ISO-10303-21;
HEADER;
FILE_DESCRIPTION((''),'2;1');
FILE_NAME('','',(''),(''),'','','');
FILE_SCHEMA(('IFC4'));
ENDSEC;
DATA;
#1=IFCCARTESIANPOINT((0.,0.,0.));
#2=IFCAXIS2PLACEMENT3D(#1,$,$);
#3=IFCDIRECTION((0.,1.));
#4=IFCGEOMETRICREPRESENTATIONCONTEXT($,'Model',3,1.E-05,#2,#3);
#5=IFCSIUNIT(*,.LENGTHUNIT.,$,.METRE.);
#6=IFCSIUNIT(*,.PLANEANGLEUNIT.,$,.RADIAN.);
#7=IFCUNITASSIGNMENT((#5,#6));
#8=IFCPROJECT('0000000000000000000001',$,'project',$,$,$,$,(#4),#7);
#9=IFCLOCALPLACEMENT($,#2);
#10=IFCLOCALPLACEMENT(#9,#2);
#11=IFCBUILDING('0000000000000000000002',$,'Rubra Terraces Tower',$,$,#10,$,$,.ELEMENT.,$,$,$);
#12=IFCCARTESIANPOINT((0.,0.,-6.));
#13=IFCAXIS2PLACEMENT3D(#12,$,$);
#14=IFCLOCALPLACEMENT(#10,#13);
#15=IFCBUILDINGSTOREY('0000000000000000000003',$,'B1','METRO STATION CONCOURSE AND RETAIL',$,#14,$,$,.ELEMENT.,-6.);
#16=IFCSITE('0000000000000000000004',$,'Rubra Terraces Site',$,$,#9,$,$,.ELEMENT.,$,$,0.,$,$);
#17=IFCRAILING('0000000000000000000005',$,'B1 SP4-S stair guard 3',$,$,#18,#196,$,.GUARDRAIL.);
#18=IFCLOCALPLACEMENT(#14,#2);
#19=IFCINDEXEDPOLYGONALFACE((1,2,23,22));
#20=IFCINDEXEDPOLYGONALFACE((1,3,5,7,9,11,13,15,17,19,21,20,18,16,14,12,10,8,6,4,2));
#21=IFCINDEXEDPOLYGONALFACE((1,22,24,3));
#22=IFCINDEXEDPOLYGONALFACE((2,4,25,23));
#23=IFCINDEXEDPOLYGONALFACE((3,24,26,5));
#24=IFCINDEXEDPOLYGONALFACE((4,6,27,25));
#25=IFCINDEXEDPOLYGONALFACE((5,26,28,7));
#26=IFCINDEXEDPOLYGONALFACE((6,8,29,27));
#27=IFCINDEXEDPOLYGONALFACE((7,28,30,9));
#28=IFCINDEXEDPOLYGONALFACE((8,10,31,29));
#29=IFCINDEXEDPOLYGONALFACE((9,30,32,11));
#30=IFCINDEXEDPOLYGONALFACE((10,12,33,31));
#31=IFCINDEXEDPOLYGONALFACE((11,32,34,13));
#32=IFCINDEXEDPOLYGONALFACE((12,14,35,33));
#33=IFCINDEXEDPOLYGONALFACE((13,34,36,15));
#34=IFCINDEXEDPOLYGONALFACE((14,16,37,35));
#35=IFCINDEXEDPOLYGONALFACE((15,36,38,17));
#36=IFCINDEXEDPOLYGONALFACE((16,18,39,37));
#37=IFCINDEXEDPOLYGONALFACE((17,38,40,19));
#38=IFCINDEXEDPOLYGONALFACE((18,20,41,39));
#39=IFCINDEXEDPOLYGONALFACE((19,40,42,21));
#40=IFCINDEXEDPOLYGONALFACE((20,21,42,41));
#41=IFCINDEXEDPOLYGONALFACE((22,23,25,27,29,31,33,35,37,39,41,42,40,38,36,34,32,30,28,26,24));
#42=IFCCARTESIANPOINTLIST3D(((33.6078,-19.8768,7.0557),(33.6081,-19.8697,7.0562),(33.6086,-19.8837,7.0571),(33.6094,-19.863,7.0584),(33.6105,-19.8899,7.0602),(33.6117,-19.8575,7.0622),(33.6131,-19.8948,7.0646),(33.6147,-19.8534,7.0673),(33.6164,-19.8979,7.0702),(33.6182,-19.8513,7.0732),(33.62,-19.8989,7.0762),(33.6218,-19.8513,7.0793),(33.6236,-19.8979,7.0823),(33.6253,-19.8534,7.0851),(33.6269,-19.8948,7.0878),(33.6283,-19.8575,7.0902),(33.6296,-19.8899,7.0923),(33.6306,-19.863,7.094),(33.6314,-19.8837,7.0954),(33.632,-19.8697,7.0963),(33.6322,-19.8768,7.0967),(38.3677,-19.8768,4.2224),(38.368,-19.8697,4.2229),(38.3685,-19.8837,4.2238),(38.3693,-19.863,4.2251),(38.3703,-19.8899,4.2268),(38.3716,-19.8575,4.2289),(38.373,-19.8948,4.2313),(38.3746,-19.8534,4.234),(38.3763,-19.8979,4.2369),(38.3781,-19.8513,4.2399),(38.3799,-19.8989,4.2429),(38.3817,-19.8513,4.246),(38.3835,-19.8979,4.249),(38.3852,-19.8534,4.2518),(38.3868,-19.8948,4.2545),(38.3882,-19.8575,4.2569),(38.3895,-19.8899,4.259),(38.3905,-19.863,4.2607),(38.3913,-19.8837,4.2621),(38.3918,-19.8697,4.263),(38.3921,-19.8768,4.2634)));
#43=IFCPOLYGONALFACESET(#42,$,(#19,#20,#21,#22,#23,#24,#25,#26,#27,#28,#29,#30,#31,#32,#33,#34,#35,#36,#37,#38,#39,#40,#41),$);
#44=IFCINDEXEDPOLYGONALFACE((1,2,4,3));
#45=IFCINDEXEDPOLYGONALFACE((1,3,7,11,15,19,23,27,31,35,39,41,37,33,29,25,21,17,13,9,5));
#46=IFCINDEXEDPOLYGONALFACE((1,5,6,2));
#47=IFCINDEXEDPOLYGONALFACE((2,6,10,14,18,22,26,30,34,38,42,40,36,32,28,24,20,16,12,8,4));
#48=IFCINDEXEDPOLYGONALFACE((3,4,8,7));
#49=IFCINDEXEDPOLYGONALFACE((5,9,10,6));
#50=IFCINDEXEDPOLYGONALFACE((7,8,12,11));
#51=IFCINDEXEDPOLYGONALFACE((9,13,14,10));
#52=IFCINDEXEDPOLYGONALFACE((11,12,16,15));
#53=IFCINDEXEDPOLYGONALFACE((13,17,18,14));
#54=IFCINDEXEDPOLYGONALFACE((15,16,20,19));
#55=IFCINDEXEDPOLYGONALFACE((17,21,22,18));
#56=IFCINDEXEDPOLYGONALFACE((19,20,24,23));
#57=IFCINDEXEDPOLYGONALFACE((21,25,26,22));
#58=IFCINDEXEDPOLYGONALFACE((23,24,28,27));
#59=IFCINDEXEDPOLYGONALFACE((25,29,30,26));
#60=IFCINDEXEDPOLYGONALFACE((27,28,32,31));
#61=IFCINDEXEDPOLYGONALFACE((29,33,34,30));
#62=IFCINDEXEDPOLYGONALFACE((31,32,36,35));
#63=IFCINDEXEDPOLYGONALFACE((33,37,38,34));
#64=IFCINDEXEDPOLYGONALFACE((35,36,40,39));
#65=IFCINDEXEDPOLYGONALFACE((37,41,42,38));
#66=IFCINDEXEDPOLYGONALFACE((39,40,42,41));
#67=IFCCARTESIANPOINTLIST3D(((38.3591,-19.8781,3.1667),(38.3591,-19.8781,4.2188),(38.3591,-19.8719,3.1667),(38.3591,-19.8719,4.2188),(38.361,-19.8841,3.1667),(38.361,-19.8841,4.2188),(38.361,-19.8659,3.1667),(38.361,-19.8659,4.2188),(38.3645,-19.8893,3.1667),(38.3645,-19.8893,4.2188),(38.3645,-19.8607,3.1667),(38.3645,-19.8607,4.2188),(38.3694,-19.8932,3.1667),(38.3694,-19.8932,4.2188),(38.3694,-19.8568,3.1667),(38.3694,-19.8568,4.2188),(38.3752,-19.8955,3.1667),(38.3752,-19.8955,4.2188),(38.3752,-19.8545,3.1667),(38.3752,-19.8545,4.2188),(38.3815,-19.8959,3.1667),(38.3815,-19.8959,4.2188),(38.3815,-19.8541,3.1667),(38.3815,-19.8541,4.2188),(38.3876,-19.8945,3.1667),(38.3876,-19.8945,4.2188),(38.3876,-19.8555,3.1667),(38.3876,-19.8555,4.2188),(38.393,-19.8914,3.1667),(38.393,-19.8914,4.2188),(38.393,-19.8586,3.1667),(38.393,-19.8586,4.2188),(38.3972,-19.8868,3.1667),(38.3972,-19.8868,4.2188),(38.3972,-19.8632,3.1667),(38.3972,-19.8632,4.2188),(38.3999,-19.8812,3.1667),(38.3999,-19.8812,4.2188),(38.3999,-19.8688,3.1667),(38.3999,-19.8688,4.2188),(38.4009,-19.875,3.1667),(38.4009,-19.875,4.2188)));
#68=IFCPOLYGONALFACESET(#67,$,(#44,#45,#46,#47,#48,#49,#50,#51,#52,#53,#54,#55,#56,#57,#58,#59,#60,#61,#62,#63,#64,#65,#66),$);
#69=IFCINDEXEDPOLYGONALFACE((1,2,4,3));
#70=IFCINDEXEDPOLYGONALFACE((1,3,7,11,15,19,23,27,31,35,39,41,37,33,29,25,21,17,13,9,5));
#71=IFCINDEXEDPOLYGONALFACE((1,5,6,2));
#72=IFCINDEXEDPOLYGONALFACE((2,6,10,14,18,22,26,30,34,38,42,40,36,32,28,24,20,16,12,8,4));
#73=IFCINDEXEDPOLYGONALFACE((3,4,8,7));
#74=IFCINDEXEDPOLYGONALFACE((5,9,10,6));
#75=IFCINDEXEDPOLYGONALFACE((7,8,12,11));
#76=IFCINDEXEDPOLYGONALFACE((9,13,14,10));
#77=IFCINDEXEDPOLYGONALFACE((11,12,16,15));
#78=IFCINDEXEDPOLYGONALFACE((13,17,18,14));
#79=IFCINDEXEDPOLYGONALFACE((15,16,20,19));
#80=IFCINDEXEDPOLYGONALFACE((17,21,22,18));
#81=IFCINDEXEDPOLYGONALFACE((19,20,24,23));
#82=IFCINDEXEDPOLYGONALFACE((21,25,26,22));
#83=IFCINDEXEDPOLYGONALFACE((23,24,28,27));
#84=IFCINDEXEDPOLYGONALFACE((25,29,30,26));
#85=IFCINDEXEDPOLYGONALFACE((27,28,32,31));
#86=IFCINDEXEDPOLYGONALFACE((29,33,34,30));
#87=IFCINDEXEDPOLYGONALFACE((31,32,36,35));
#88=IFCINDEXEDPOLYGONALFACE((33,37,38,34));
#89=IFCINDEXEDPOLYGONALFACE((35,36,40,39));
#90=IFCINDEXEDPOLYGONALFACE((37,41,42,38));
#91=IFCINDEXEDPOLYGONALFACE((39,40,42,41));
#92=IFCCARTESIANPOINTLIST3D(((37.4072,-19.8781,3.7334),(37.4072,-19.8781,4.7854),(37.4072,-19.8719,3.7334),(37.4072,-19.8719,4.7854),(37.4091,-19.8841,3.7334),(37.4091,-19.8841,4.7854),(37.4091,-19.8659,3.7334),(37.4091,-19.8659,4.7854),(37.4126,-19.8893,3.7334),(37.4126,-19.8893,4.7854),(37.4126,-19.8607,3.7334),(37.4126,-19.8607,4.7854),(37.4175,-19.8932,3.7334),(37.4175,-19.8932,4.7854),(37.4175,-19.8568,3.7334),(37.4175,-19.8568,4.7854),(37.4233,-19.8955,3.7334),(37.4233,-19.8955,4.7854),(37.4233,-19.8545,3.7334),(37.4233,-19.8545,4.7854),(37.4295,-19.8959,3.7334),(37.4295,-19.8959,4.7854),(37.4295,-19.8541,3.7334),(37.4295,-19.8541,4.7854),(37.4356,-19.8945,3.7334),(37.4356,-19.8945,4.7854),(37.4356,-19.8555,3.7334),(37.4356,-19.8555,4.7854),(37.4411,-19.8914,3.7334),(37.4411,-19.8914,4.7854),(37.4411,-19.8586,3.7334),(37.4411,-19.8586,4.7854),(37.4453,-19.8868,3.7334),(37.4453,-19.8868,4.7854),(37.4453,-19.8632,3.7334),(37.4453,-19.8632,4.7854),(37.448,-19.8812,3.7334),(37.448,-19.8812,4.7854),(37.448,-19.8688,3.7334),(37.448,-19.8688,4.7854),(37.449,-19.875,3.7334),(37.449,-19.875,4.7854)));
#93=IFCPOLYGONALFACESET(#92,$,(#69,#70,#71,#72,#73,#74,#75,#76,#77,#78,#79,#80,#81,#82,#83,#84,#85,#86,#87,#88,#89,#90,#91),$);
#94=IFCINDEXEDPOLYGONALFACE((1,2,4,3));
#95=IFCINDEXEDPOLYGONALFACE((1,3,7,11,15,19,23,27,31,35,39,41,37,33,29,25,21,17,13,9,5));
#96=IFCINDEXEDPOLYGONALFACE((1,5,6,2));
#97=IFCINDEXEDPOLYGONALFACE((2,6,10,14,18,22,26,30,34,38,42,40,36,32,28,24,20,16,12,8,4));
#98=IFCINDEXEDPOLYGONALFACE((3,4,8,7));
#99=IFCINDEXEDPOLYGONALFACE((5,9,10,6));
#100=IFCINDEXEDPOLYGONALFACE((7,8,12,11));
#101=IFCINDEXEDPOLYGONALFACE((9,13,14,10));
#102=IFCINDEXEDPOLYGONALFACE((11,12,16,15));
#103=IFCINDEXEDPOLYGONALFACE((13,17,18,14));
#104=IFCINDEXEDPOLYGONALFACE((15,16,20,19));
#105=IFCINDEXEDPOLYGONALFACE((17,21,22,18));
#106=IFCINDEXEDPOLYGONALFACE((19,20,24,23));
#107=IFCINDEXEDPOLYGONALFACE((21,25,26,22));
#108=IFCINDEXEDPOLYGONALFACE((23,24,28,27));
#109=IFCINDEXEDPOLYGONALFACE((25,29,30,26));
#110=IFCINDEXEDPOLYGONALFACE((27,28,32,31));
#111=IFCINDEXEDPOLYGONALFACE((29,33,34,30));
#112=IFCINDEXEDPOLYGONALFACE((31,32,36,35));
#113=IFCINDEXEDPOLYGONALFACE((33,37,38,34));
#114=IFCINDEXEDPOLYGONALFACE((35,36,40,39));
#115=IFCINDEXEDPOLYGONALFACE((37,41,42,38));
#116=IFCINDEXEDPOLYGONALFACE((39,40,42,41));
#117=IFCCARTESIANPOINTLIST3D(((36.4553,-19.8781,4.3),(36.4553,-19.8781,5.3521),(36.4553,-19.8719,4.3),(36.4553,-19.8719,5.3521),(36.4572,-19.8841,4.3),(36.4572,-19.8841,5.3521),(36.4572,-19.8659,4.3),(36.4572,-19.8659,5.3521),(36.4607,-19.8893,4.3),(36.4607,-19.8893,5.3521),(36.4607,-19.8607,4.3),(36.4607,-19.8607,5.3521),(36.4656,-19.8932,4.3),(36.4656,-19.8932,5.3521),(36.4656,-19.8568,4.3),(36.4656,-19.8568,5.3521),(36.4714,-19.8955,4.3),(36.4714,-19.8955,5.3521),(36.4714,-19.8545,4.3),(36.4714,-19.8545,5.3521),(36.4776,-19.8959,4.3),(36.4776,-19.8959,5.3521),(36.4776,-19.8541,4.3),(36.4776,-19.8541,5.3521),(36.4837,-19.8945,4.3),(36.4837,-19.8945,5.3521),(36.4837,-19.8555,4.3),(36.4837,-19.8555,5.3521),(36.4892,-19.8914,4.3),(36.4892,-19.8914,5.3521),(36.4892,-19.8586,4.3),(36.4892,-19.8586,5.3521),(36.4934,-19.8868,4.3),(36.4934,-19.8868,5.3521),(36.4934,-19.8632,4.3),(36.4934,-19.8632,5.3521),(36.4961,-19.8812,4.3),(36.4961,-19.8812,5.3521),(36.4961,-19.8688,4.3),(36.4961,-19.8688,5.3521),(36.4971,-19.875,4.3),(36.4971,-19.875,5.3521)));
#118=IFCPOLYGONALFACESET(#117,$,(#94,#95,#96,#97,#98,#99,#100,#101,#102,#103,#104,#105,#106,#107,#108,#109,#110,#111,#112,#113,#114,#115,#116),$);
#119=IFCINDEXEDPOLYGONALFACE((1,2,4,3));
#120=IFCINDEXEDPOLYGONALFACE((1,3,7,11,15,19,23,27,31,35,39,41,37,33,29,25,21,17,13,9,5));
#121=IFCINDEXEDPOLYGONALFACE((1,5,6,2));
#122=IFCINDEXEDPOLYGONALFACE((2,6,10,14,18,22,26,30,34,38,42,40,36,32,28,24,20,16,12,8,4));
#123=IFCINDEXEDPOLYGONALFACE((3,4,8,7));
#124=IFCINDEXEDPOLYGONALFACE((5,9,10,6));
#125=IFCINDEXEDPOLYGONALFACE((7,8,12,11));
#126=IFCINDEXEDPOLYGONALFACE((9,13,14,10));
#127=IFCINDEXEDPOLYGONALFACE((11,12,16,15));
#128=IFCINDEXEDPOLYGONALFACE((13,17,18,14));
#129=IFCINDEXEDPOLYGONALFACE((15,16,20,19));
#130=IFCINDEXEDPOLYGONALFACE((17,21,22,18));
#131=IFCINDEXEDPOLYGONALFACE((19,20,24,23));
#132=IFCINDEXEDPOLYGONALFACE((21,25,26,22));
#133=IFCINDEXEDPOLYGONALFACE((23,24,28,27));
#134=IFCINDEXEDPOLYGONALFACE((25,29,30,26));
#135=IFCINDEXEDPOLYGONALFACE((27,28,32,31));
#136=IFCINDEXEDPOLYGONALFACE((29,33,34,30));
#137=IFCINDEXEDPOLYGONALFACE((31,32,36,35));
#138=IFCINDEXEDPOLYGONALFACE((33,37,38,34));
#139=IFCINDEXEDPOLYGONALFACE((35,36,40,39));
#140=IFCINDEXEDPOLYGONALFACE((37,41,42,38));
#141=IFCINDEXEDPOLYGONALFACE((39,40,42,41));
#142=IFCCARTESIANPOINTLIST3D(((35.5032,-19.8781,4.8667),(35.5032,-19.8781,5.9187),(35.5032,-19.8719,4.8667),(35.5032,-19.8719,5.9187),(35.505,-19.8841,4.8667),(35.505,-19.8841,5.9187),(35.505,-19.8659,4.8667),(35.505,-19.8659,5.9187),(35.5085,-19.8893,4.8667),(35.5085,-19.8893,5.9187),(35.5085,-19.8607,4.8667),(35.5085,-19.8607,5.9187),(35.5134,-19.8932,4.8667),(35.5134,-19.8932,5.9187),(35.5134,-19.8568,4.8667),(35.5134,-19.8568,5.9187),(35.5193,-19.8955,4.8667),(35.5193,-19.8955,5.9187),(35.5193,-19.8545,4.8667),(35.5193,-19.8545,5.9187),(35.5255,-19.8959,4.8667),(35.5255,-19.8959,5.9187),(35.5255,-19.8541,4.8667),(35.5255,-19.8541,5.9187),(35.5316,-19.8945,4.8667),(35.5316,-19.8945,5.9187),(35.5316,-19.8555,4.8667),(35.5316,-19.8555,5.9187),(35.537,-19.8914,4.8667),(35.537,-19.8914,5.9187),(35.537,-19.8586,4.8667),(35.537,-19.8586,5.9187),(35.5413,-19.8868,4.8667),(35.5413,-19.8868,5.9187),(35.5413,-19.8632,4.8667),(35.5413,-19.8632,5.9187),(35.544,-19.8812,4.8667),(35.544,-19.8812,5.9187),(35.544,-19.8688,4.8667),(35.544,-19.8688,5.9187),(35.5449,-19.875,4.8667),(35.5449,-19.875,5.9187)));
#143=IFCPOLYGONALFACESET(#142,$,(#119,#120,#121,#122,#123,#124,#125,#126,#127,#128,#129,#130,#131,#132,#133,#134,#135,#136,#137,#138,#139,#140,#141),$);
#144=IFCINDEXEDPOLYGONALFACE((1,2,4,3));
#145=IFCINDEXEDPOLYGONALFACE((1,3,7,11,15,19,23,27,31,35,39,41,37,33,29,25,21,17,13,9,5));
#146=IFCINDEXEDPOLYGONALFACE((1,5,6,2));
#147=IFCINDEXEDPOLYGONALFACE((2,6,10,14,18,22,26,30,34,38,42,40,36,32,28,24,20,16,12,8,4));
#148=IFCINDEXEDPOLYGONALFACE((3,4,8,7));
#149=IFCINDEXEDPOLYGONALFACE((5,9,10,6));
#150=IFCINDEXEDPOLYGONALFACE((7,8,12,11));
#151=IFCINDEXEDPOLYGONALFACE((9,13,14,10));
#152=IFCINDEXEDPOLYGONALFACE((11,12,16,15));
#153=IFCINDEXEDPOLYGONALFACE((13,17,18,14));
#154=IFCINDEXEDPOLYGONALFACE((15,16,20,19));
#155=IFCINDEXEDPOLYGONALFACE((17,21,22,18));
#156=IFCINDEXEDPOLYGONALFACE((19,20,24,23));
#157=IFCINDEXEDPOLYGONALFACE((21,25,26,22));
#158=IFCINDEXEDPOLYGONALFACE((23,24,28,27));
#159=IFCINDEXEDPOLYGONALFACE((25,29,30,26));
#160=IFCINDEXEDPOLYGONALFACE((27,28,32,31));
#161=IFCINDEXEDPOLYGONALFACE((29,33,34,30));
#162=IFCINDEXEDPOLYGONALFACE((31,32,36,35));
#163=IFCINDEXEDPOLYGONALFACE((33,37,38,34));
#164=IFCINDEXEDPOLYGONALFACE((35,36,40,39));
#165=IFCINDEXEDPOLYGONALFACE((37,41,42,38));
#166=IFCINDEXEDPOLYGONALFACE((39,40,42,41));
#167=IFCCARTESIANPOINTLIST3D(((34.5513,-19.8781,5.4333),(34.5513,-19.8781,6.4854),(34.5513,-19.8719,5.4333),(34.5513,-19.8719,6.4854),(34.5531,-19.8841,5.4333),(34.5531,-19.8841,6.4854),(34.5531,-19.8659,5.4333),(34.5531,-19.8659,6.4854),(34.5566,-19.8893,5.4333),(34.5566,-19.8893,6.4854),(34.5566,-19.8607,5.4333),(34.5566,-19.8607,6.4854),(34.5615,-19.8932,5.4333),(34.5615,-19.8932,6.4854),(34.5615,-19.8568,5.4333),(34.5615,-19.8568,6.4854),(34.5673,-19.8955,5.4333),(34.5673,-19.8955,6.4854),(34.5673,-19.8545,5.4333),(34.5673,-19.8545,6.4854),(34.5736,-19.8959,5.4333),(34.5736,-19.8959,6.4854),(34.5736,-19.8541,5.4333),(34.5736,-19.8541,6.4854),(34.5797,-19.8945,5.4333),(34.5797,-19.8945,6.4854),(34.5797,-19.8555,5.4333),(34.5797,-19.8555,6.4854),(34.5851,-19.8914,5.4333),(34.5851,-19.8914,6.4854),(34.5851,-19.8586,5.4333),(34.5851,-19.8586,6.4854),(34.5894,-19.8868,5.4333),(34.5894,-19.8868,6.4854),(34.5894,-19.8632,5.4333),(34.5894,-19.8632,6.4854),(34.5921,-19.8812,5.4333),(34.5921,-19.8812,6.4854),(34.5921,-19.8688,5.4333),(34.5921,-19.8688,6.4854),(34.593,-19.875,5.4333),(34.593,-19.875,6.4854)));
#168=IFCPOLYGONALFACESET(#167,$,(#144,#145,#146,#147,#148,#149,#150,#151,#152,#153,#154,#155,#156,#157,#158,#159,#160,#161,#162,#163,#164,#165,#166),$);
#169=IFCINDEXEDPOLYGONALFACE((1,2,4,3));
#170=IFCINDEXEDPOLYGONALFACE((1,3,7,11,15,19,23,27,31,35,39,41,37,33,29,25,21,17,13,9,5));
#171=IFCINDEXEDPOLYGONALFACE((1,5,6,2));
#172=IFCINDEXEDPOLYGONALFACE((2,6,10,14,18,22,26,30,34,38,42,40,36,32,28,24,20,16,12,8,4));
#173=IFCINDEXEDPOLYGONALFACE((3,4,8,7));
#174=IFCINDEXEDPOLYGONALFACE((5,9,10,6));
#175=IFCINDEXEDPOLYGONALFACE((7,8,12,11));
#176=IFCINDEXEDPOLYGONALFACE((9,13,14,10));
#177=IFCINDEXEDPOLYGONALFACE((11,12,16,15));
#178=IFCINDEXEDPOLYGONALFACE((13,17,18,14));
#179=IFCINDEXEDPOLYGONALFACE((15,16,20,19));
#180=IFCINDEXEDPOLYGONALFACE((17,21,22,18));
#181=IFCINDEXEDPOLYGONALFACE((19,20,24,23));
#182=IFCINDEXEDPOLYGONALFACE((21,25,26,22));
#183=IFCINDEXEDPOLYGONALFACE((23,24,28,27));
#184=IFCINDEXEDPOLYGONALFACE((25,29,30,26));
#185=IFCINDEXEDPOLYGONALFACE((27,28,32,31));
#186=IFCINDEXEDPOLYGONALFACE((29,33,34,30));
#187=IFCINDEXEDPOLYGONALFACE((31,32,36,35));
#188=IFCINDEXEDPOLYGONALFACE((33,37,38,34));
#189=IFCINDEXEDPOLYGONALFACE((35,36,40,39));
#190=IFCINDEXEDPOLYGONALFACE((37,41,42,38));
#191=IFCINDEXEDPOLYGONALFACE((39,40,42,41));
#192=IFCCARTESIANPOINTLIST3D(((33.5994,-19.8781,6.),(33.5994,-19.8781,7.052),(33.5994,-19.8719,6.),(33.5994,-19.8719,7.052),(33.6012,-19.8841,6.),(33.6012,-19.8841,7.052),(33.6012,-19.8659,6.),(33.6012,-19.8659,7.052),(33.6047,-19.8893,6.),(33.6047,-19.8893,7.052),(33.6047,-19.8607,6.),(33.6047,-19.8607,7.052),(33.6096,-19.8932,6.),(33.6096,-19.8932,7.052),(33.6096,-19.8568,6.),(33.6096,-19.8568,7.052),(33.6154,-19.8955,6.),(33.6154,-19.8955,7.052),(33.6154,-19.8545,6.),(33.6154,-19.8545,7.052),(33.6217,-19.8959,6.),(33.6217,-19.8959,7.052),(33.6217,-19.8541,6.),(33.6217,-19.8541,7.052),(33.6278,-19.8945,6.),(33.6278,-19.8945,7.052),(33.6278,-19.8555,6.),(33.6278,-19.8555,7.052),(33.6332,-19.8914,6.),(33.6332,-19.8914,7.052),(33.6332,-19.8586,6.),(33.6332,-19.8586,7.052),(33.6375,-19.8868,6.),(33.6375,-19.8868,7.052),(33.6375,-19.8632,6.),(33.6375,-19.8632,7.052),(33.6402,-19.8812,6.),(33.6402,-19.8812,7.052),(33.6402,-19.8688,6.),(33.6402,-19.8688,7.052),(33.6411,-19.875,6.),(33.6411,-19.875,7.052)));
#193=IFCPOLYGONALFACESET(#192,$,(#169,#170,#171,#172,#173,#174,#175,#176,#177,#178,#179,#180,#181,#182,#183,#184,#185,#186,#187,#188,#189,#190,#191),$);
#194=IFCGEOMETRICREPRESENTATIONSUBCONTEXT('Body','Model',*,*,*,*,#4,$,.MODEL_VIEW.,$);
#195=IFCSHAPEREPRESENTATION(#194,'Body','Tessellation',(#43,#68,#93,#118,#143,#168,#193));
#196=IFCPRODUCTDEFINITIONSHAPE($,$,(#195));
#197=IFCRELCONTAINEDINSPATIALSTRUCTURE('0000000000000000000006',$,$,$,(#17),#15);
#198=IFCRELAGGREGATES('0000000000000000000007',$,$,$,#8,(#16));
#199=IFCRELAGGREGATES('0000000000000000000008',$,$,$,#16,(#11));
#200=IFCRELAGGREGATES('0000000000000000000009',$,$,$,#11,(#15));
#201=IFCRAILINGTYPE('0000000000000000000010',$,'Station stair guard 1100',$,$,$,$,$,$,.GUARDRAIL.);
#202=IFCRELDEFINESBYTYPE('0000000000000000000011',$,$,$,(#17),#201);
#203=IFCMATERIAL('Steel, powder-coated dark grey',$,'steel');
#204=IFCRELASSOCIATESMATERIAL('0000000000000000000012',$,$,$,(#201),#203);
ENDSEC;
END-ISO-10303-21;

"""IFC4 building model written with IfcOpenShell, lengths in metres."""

from ifc_helpers import new_model, si_unit, direction, frame, origin, origin_2d, place, context, subcontext, project, spatial, circle, extrude, material, type_object, element, save


model = new_model("IFC4")

# Units and contexts
model_context = context("Model", 3, precision=1e-05, world=origin(), true_north=direction((0.0, 1.0)))
body_context = subcontext(model_context, "Body", "Model", "MODEL_VIEW")
ifc_project = project(units=[si_unit("LENGTHUNIT", "METRE"), si_unit("PLANEANGLEUNIT", "RADIAN")], contexts=[model_context])

# Site, building, storey
site_placement = place(None, origin())
site = spatial("IfcSite", under=ifc_project, at=site_placement, Name="Rubra Terraces Site", CompositionType="ELEMENT", RefElevation=0.0)
building_placement = place(site_placement, origin())
building = spatial("IfcBuilding", under=site, at=building_placement, Name="Rubra Terraces Tower", CompositionType="ELEMENT")
storey_placement = place(building_placement, frame((0.0, 0.0, -6.0)))
storey = spatial("IfcBuildingStorey", under=building, at=storey_placement, Name="B1", Description="METRO STATION CONCOURSE AND RETAIL", CompositionType="ELEMENT", Elevation=-6.0)

# Railing
ifc_material_1 = material(Name="Steel, powder-coated dark grey", Category="steel")
railing_type_1 = type_object("IfcRailingType", Name="Station stair guard 1100", PredefinedType="GUARDRAIL", material=ifc_material_1)
railing_1_placement = place(storey_placement, frame((38.3799, -19.875, 3.1667)))
element("IfcRailing", 1, at=railing_1_placement, inside=storey, type_object=railing_type_1, Name="B1 SP4-S stair guard 3", PredefinedType="GUARDRAIL", context=body_context, shape_type="SweptSolid", body=[
    extrude(circle(Radius=0.0239, at=origin_2d()), frame((0.0, 0.0, 1.0762), z_axis=(-0.859288, 0.0, 0.511492), x_axis=(0.0, -1.0, 0.0)), (0.0, 0.0, 1.0), 5.5393),
    extrude(circle(Radius=0.021, at=origin_2d()), origin(), (0.0, 0.0, 1.0), 1.052),
    extrude(circle(Radius=0.021, at=origin_2d()), frame((-0.9519, 0.0, 0.5667)), (0.0, 0.0, 1.0), 1.052),
    extrude(circle(Radius=0.021, at=origin_2d()), frame((-1.9038, 0.0, 1.1333)), (0.0, 0.0, 1.0), 1.052),
    extrude(circle(Radius=0.021, at=origin_2d()), frame((-2.856, 0.0, 1.7)), (0.0, 0.0, 1.0), 1.052),
    extrude(circle(Radius=0.021, at=origin_2d()), frame((-3.8079, 0.0, 2.2666)), (0.0, 0.0, 1.0), 1.052),
    extrude(circle(Radius=0.021, at=origin_2d()), frame((-4.7598, 0.0, 2.8333)), (0.0, 0.0, 1.0), 1.052),
])

save(model, "model.ifc")
